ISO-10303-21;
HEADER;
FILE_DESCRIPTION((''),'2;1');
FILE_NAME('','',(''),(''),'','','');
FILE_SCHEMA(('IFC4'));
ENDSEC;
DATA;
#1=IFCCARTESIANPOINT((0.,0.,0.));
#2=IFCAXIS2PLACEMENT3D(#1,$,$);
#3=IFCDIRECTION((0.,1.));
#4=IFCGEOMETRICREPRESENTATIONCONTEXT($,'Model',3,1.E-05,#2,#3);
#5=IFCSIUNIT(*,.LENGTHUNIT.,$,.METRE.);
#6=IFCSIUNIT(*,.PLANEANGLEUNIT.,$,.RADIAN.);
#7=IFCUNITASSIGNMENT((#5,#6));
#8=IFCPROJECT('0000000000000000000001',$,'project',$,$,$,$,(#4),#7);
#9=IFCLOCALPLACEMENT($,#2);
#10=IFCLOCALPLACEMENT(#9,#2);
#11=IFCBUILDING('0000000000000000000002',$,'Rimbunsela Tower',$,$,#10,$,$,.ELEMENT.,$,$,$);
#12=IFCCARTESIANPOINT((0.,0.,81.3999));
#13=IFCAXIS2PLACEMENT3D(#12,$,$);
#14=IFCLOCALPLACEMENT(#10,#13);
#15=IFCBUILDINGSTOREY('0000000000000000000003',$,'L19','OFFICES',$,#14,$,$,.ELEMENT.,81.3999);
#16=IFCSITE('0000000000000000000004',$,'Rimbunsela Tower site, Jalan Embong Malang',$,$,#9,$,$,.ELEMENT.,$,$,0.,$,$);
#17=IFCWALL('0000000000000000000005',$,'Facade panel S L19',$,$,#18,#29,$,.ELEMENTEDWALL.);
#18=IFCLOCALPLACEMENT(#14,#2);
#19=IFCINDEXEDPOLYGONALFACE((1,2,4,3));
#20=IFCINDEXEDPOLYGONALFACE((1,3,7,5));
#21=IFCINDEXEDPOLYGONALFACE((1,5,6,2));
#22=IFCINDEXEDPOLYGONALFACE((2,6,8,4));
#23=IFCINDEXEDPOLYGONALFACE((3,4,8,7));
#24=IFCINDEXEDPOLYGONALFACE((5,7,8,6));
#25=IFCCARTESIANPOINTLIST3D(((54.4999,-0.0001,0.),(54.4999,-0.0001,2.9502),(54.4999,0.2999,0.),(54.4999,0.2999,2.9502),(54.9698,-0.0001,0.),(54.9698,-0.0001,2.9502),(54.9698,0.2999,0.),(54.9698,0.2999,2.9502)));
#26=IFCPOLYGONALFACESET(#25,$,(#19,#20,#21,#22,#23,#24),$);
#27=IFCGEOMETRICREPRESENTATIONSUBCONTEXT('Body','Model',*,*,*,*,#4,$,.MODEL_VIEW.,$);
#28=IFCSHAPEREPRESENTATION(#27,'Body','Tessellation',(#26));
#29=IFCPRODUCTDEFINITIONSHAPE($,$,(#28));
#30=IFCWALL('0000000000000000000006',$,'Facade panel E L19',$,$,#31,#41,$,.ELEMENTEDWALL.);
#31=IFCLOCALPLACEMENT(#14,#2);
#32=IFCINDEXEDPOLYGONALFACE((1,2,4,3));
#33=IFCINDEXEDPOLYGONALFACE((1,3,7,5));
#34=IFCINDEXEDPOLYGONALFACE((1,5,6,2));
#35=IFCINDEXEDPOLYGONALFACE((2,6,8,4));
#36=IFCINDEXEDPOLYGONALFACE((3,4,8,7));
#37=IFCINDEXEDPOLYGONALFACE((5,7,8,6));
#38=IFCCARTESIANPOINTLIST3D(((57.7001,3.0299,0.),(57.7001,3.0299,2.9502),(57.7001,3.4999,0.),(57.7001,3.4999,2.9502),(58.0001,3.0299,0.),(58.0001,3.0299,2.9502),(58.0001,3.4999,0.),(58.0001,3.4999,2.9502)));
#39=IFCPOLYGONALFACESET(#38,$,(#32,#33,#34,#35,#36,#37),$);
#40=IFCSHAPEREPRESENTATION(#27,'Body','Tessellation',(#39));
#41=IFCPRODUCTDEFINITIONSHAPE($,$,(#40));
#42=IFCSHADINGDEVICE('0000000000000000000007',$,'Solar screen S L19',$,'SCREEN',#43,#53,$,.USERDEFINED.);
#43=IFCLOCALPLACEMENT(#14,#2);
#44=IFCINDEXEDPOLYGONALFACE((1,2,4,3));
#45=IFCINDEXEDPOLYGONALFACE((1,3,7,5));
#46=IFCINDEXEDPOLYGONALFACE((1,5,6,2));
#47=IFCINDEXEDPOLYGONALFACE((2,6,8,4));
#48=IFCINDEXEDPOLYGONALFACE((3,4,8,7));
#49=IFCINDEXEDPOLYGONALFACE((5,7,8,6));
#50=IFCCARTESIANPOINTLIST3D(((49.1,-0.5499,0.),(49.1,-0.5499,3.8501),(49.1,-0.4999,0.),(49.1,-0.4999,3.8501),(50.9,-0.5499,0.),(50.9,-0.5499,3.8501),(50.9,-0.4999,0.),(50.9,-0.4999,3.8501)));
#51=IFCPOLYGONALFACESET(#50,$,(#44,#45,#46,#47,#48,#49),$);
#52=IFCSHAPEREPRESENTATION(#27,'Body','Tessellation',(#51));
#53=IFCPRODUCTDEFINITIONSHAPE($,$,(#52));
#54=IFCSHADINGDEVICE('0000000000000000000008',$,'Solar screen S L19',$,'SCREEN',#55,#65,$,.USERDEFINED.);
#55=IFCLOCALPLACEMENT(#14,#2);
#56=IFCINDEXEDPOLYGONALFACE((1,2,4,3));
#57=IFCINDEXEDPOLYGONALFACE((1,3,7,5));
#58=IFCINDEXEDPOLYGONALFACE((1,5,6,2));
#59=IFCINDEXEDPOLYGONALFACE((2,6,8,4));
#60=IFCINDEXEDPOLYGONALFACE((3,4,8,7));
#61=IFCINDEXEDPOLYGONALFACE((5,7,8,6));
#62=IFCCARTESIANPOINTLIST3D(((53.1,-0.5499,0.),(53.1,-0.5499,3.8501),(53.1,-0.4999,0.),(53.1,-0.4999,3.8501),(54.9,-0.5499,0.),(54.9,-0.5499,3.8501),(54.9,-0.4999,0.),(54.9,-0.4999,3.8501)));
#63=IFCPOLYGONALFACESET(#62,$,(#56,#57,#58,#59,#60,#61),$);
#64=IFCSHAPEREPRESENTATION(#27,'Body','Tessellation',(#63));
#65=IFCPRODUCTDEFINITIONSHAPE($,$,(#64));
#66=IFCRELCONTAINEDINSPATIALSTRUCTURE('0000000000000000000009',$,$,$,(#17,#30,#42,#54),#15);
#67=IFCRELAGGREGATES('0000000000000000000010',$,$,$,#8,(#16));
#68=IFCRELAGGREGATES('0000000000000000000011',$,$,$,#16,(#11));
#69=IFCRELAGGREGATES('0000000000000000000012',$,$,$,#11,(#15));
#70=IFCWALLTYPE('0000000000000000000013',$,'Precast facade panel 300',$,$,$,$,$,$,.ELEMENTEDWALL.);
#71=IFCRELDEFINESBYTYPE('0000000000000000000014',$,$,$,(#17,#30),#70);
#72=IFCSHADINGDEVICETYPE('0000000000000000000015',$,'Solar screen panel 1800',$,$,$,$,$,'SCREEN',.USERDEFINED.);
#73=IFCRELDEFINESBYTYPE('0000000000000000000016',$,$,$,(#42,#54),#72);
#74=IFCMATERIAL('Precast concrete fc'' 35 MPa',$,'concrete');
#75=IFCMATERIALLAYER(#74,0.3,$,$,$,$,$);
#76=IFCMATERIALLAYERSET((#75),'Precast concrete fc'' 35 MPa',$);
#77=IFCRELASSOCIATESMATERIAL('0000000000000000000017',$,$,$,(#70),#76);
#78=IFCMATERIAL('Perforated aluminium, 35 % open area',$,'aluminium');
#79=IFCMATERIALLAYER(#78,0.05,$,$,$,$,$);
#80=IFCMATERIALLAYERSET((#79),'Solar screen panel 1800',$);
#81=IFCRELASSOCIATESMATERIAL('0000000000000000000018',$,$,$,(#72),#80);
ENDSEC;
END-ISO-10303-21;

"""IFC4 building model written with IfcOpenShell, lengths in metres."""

from ifc_helpers import new_model, si_unit, direction, frame, frame_2d, origin, origin_2d, place, context, subcontext, project, spatial, rectangle, extrude, material, layer, layer_set, type_object, element, save


model = new_model("IFC4")

# Units and contexts
model_context = context("Model", 3, precision=1e-05, world=origin(), true_north=direction((0.0, 1.0)))
body_context = subcontext(model_context, "Body", "Model", "MODEL_VIEW")
ifc_project = project(units=[si_unit("LENGTHUNIT", "METRE"), si_unit("PLANEANGLEUNIT", "RADIAN")], contexts=[model_context])

# Site, building, storey
site_placement = place(None, origin())
site = spatial("IfcSite", under=ifc_project, at=site_placement, Name="Rimbunsela Tower site, Jalan Embong Malang", CompositionType="ELEMENT", RefElevation=0.0)
building_placement = place(site_placement, origin())
building = spatial("IfcBuilding", under=site, at=building_placement, Name="Rimbunsela Tower", CompositionType="ELEMENT")
storey_placement = place(building_placement, frame((0.0, 0.0, 81.3999)))
storey = spatial("IfcBuildingStorey", under=building, at=storey_placement, Name="L19", Description="OFFICES", CompositionType="ELEMENT", Elevation=81.3999)

# Shared definitions
ifc_material_1 = material(Name="Precast concrete fc' 35 MPa", Category="concrete")
ifc_layer_1 = layer(ifc_material_1, 0.3)
ifc_layer_set_1 = layer_set([ifc_layer_1], Name="Precast concrete fc' 35 MPa")
wall_type = type_object("IfcWallType", Name="Precast facade panel 300", PredefinedType="ELEMENTEDWALL", material=ifc_layer_set_1)

# Walls
for number, where, z_axis, x_axis, name in (
    (1, (54.5, 0.1499, 0.0), (0.0, 0.0, 1.0), (1.0, 0.0, 0.0), "Facade panel S L19"),
    (2, (57.8501, 3.03, 0.0), (0.0, 0.0, 1.0), (0.0, 1.0, 0.0), "Facade panel E L19"),
):
    element("IfcWall", number, at=place(storey_placement, frame(where, z_axis=z_axis, x_axis=x_axis)), inside=storey, type_object=wall_type, Name=name, PredefinedType="ELEMENTEDWALL", context=body_context, shape_type="SweptSolid", body=[
        extrude(rectangle(XDim=0.47, YDim=0.3, at=frame_2d((0.2349, 0.0))), origin(), (0.0, 0.0, 1.0), 2.9502),
    ])

# Shading devices
ifc_material_2 = material(Name="Perforated aluminium, 35 % open area", Category="aluminium")
ifc_layer_2 = layer(ifc_material_2, 0.05)
ifc_layer_set_2 = layer_set([ifc_layer_2], Name="Solar screen panel 1800")
shading_device_type = type_object("IfcShadingDeviceType", Name="Solar screen panel 1800", ElementType="SCREEN", PredefinedType="USERDEFINED", material=ifc_layer_set_2)
for number, where, z_axis, x_axis, name in (
    (3, (50.0, -0.5249, 0.0), (0.0, 0.0, 1.0), (1.0, 0.0, 0.0), "Solar screen S L19"),
    (4, (54.0, -0.5249, 0.0), (0.0, 0.0, 1.0), (1.0, 0.0, 0.0), "Solar screen S L19"),
):
    element("IfcShadingDevice", number, at=place(storey_placement, frame(where, z_axis=z_axis, x_axis=x_axis)), inside=storey, type_object=shading_device_type, Name=name, ObjectType="SCREEN", PredefinedType="USERDEFINED", context=body_context, shape_type="SweptSolid", body=[
        extrude(rectangle(XDim=1.8, YDim=0.05, at=origin_2d()), origin(), (0.0, 0.0, 1.0), 3.8501),
    ])

save(model, "model.ifc")
